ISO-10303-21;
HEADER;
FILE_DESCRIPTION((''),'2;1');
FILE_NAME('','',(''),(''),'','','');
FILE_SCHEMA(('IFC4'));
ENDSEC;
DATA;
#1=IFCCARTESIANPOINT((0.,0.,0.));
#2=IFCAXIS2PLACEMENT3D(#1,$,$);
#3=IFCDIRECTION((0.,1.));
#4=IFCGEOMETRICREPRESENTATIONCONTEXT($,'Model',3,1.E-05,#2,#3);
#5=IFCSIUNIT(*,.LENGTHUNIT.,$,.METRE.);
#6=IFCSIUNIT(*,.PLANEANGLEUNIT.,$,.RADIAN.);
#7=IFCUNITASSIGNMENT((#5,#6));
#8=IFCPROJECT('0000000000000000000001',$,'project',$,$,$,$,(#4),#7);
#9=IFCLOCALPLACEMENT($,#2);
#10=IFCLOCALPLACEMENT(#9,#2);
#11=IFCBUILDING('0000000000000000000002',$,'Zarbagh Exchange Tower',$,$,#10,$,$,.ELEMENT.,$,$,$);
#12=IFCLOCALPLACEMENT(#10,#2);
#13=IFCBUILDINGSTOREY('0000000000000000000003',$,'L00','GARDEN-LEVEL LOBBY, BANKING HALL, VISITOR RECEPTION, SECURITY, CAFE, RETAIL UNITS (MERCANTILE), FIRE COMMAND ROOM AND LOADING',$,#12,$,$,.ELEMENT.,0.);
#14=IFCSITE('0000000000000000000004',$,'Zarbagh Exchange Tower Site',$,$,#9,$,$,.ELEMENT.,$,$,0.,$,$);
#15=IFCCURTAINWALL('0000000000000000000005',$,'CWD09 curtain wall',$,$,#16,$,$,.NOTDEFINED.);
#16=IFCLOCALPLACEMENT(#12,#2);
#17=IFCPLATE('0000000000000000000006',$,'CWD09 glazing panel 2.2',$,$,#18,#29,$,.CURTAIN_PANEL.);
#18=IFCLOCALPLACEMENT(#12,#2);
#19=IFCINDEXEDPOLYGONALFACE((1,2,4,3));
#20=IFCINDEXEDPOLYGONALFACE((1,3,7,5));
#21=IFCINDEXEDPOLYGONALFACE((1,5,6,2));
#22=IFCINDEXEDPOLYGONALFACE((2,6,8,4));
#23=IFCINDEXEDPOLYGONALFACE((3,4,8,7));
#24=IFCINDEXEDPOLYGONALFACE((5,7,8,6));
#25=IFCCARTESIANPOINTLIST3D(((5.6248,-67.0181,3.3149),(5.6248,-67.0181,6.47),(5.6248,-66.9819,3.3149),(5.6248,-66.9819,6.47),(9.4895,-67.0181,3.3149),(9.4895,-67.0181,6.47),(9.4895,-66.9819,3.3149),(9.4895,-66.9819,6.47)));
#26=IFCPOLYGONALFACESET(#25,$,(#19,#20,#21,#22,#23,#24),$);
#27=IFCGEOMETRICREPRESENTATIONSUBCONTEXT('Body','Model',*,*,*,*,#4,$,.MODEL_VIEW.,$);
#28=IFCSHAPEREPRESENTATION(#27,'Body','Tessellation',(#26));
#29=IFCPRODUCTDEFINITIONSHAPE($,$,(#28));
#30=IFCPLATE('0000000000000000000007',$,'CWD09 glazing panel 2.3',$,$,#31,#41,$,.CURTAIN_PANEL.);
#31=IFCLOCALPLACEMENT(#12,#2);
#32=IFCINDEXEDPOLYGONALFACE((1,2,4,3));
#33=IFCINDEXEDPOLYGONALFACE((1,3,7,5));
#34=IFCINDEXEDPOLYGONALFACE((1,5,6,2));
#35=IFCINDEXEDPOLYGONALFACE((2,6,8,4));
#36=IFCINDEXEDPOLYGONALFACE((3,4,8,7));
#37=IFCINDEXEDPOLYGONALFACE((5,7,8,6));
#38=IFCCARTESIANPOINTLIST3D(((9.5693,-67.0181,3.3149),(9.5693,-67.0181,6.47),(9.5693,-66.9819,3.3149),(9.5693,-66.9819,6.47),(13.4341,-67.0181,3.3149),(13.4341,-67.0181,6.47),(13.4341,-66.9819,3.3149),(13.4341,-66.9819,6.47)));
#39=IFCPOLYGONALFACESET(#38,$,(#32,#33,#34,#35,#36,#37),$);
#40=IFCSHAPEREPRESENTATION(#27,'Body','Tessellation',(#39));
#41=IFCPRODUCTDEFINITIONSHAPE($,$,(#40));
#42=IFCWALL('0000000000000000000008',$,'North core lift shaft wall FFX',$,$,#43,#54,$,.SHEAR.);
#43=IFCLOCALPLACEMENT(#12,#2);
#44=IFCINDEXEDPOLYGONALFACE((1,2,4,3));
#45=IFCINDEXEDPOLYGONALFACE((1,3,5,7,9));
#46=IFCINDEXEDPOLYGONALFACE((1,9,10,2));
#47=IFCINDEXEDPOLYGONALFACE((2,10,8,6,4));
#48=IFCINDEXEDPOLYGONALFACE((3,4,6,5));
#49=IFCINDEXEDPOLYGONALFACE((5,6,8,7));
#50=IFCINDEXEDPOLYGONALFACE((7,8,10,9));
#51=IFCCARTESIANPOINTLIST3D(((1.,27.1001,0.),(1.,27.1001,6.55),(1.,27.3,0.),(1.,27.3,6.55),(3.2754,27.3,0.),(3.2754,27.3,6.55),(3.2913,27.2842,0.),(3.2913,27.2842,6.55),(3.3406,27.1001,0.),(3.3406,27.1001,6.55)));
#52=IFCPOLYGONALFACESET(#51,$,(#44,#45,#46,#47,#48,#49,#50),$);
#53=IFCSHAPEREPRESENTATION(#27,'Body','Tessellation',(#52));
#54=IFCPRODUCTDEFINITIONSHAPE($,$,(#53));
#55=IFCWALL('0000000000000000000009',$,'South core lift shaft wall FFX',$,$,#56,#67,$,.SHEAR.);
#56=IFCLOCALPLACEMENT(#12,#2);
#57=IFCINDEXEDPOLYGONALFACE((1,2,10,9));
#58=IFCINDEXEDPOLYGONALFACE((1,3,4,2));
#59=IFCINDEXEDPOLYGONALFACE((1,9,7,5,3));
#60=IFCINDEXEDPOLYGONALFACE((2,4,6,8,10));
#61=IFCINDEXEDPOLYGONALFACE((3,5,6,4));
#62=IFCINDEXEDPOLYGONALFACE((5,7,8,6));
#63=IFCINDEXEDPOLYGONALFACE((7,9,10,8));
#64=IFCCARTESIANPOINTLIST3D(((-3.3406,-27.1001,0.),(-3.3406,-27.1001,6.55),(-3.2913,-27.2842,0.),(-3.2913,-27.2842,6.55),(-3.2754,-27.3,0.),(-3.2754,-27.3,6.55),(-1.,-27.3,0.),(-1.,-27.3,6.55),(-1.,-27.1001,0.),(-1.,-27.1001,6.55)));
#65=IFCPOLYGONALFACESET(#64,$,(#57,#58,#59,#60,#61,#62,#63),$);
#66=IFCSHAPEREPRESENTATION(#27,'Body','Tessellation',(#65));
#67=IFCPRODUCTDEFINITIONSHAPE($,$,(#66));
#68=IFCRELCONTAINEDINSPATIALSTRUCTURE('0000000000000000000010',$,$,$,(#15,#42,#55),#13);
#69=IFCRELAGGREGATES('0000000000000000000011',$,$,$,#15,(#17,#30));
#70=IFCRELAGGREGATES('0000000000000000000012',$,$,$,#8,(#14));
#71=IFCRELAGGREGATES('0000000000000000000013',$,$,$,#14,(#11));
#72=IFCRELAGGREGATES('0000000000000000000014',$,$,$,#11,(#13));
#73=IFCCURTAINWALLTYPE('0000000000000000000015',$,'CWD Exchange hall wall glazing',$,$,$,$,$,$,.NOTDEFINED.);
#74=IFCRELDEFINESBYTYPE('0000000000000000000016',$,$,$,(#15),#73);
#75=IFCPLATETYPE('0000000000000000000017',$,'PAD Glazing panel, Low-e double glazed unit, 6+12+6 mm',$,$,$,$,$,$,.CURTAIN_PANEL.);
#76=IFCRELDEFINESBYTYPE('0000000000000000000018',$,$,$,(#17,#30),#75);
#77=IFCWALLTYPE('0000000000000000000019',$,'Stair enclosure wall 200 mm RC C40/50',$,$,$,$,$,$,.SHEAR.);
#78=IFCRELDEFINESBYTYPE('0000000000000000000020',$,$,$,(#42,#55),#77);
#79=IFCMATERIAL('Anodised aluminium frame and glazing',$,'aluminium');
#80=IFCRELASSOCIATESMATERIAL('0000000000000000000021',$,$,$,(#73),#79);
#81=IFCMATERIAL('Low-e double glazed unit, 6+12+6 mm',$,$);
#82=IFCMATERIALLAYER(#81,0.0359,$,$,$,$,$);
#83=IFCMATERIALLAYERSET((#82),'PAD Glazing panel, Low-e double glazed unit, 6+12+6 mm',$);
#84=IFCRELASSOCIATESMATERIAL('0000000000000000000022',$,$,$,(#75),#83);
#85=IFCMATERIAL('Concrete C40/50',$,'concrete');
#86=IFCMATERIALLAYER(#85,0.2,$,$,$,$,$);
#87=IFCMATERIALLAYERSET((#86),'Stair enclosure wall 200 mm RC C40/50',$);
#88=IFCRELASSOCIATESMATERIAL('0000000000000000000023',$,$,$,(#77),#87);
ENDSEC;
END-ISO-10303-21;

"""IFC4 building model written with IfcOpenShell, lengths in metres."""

from ifc_helpers import new_model, si_unit, direction, origin, place, context, subcontext, project, spatial, polyline, outline, extrude, source, transform, mapped, material, layer, layer_set, type_object, element, aggregate, save


model = new_model("IFC4")

# Units and contexts
model_context = context("Model", 3, precision=1e-05, world=origin(), true_north=direction((0.0, 1.0)))
body_context = subcontext(model_context, "Body", "Model", "MODEL_VIEW")
ifc_project = project(units=[si_unit("LENGTHUNIT", "METRE"), si_unit("PLANEANGLEUNIT", "RADIAN")], contexts=[model_context])

# Site, building, storey
site_placement = place(None, origin())
site = spatial("IfcSite", under=ifc_project, at=site_placement, Name="Zarbagh Exchange Tower Site", CompositionType="ELEMENT", RefElevation=0.0)
building_placement = place(site_placement, origin())
building = spatial("IfcBuilding", under=site, at=building_placement, Name="Zarbagh Exchange Tower", CompositionType="ELEMENT")
storey_placement = place(building_placement, origin())
storey = spatial("IfcBuildingStorey", under=building, at=storey_placement, Name="L00", Description="GARDEN-LEVEL LOBBY, BANKING HALL, VISITOR RECEPTION, SECURITY, CAFE, RETAIL UNITS (MERCANTILE), FIRE COMMAND ROOM AND LOADING", CompositionType="ELEMENT", Elevation=0.0)

# Curtain wall
ifc_material_1 = material(Name="Anodised aluminium frame and glazing", Category="aluminium")
curtain_wall_type = type_object("IfcCurtainWallType", Name="CWD Exchange hall wall glazing", PredefinedType="NOTDEFINED", material=ifc_material_1)
curtain_wall_1_placement = place(storey_placement, origin())
curtain_wall_1 = element("IfcCurtainWall", 1, at=curtain_wall_1_placement, inside=storey, type_object=curtain_wall_type, Name="CWD09 curtain wall", PredefinedType="NOTDEFINED")
placement = place(storey_placement, origin())

# Shared definitions
ifc_material_2 = material(Name="Low-e double glazed unit, 6+12+6 mm")
ifc_layer_1 = layer(ifc_material_2, 0.0359)
ifc_layer_set_1 = layer_set([ifc_layer_1], Name="PAD Glazing panel, Low-e double glazed unit, 6+12+6 mm")
plate_type = type_object("IfcPlateType", Name="PAD Glazing panel, Low-e double glazed unit, 6+12+6 mm", PredefinedType="CURTAIN_PANEL", material=ifc_layer_set_1)

# Plates
shared_shape_1 = source(origin(), body_context, "Body", "SweptSolid", [
    extrude(outline(polyline([(0.0, -0.0181), (3.8647, -0.0181), (3.8647, 0.0181), (0.0, 0.0181), (0.0, -0.0181)])), origin(), (0.0, 0.0, 1.0), 3.155),
])
plate_1 = element("IfcPlate", 2, at=placement, type_object=plate_type, Name="CWD09 glazing panel 2.2", PredefinedType="CURTAIN_PANEL", context=body_context, shape_type="MappedRepresentation", body=[
    mapped(shared_shape_1, transform((5.6248, -67.0, 3.3149), x_axis=(1.0, 0.0, 0.0), y_axis=(0.0, 1.0, 0.0), z_axis=(0.0, 0.0, 1.0))),
])
plate_2 = element("IfcPlate", 3, at=placement, type_object=plate_type, Name="CWD09 glazing panel 2.3", PredefinedType="CURTAIN_PANEL", context=body_context, shape_type="MappedRepresentation", body=[
    mapped(shared_shape_1, transform((9.5693, -67.0, 3.3149), x_axis=(1.0, 0.0, 0.0), y_axis=(0.0, 1.0, 0.0), z_axis=(0.0, 0.0, 1.0))),
])
aggregate(curtain_wall_1, [plate_1, plate_2])

# Walls
ifc_material_3 = material(Name="Concrete C40/50", Category="concrete")
ifc_layer_2 = layer(ifc_material_3, 0.2)
ifc_layer_set_2 = layer_set([ifc_layer_2], Name="Stair enclosure wall 200 mm RC C40/50")
wall_type = type_object("IfcWallType", Name="Stair enclosure wall 200 mm RC C40/50", PredefinedType="SHEAR", material=ifc_layer_set_2)
wall_1_placement = place(storey_placement, origin())
element("IfcWall", 4, at=wall_1_placement, inside=storey, type_object=wall_type, Name="North core lift shaft wall FFX", PredefinedType="SHEAR", context=body_context, shape_type="SweptSolid", body=[
    extrude(outline(polyline([(1.0, 27.1001), (3.3406, 27.1001), (3.2913, 27.2842), (3.2754, 27.3), (1.0, 27.3), (1.0, 27.1001)])), origin(), (0.0, 0.0, 1.0), 6.55),
])
wall_2_placement = place(storey_placement, origin())
element("IfcWall", 5, at=wall_2_placement, inside=storey, type_object=wall_type, Name="South core lift shaft wall FFX", PredefinedType="SHEAR", context=body_context, shape_type="SweptSolid", body=[
    extrude(outline(polyline([(-1.0, -27.1001), (-3.3406, -27.1001), (-3.2913, -27.2842), (-3.2754, -27.3), (-1.0, -27.3), (-1.0, -27.1001)])), origin(), (0.0, 0.0, 1.0), 6.55),
])

save(model, "model.ifc")
